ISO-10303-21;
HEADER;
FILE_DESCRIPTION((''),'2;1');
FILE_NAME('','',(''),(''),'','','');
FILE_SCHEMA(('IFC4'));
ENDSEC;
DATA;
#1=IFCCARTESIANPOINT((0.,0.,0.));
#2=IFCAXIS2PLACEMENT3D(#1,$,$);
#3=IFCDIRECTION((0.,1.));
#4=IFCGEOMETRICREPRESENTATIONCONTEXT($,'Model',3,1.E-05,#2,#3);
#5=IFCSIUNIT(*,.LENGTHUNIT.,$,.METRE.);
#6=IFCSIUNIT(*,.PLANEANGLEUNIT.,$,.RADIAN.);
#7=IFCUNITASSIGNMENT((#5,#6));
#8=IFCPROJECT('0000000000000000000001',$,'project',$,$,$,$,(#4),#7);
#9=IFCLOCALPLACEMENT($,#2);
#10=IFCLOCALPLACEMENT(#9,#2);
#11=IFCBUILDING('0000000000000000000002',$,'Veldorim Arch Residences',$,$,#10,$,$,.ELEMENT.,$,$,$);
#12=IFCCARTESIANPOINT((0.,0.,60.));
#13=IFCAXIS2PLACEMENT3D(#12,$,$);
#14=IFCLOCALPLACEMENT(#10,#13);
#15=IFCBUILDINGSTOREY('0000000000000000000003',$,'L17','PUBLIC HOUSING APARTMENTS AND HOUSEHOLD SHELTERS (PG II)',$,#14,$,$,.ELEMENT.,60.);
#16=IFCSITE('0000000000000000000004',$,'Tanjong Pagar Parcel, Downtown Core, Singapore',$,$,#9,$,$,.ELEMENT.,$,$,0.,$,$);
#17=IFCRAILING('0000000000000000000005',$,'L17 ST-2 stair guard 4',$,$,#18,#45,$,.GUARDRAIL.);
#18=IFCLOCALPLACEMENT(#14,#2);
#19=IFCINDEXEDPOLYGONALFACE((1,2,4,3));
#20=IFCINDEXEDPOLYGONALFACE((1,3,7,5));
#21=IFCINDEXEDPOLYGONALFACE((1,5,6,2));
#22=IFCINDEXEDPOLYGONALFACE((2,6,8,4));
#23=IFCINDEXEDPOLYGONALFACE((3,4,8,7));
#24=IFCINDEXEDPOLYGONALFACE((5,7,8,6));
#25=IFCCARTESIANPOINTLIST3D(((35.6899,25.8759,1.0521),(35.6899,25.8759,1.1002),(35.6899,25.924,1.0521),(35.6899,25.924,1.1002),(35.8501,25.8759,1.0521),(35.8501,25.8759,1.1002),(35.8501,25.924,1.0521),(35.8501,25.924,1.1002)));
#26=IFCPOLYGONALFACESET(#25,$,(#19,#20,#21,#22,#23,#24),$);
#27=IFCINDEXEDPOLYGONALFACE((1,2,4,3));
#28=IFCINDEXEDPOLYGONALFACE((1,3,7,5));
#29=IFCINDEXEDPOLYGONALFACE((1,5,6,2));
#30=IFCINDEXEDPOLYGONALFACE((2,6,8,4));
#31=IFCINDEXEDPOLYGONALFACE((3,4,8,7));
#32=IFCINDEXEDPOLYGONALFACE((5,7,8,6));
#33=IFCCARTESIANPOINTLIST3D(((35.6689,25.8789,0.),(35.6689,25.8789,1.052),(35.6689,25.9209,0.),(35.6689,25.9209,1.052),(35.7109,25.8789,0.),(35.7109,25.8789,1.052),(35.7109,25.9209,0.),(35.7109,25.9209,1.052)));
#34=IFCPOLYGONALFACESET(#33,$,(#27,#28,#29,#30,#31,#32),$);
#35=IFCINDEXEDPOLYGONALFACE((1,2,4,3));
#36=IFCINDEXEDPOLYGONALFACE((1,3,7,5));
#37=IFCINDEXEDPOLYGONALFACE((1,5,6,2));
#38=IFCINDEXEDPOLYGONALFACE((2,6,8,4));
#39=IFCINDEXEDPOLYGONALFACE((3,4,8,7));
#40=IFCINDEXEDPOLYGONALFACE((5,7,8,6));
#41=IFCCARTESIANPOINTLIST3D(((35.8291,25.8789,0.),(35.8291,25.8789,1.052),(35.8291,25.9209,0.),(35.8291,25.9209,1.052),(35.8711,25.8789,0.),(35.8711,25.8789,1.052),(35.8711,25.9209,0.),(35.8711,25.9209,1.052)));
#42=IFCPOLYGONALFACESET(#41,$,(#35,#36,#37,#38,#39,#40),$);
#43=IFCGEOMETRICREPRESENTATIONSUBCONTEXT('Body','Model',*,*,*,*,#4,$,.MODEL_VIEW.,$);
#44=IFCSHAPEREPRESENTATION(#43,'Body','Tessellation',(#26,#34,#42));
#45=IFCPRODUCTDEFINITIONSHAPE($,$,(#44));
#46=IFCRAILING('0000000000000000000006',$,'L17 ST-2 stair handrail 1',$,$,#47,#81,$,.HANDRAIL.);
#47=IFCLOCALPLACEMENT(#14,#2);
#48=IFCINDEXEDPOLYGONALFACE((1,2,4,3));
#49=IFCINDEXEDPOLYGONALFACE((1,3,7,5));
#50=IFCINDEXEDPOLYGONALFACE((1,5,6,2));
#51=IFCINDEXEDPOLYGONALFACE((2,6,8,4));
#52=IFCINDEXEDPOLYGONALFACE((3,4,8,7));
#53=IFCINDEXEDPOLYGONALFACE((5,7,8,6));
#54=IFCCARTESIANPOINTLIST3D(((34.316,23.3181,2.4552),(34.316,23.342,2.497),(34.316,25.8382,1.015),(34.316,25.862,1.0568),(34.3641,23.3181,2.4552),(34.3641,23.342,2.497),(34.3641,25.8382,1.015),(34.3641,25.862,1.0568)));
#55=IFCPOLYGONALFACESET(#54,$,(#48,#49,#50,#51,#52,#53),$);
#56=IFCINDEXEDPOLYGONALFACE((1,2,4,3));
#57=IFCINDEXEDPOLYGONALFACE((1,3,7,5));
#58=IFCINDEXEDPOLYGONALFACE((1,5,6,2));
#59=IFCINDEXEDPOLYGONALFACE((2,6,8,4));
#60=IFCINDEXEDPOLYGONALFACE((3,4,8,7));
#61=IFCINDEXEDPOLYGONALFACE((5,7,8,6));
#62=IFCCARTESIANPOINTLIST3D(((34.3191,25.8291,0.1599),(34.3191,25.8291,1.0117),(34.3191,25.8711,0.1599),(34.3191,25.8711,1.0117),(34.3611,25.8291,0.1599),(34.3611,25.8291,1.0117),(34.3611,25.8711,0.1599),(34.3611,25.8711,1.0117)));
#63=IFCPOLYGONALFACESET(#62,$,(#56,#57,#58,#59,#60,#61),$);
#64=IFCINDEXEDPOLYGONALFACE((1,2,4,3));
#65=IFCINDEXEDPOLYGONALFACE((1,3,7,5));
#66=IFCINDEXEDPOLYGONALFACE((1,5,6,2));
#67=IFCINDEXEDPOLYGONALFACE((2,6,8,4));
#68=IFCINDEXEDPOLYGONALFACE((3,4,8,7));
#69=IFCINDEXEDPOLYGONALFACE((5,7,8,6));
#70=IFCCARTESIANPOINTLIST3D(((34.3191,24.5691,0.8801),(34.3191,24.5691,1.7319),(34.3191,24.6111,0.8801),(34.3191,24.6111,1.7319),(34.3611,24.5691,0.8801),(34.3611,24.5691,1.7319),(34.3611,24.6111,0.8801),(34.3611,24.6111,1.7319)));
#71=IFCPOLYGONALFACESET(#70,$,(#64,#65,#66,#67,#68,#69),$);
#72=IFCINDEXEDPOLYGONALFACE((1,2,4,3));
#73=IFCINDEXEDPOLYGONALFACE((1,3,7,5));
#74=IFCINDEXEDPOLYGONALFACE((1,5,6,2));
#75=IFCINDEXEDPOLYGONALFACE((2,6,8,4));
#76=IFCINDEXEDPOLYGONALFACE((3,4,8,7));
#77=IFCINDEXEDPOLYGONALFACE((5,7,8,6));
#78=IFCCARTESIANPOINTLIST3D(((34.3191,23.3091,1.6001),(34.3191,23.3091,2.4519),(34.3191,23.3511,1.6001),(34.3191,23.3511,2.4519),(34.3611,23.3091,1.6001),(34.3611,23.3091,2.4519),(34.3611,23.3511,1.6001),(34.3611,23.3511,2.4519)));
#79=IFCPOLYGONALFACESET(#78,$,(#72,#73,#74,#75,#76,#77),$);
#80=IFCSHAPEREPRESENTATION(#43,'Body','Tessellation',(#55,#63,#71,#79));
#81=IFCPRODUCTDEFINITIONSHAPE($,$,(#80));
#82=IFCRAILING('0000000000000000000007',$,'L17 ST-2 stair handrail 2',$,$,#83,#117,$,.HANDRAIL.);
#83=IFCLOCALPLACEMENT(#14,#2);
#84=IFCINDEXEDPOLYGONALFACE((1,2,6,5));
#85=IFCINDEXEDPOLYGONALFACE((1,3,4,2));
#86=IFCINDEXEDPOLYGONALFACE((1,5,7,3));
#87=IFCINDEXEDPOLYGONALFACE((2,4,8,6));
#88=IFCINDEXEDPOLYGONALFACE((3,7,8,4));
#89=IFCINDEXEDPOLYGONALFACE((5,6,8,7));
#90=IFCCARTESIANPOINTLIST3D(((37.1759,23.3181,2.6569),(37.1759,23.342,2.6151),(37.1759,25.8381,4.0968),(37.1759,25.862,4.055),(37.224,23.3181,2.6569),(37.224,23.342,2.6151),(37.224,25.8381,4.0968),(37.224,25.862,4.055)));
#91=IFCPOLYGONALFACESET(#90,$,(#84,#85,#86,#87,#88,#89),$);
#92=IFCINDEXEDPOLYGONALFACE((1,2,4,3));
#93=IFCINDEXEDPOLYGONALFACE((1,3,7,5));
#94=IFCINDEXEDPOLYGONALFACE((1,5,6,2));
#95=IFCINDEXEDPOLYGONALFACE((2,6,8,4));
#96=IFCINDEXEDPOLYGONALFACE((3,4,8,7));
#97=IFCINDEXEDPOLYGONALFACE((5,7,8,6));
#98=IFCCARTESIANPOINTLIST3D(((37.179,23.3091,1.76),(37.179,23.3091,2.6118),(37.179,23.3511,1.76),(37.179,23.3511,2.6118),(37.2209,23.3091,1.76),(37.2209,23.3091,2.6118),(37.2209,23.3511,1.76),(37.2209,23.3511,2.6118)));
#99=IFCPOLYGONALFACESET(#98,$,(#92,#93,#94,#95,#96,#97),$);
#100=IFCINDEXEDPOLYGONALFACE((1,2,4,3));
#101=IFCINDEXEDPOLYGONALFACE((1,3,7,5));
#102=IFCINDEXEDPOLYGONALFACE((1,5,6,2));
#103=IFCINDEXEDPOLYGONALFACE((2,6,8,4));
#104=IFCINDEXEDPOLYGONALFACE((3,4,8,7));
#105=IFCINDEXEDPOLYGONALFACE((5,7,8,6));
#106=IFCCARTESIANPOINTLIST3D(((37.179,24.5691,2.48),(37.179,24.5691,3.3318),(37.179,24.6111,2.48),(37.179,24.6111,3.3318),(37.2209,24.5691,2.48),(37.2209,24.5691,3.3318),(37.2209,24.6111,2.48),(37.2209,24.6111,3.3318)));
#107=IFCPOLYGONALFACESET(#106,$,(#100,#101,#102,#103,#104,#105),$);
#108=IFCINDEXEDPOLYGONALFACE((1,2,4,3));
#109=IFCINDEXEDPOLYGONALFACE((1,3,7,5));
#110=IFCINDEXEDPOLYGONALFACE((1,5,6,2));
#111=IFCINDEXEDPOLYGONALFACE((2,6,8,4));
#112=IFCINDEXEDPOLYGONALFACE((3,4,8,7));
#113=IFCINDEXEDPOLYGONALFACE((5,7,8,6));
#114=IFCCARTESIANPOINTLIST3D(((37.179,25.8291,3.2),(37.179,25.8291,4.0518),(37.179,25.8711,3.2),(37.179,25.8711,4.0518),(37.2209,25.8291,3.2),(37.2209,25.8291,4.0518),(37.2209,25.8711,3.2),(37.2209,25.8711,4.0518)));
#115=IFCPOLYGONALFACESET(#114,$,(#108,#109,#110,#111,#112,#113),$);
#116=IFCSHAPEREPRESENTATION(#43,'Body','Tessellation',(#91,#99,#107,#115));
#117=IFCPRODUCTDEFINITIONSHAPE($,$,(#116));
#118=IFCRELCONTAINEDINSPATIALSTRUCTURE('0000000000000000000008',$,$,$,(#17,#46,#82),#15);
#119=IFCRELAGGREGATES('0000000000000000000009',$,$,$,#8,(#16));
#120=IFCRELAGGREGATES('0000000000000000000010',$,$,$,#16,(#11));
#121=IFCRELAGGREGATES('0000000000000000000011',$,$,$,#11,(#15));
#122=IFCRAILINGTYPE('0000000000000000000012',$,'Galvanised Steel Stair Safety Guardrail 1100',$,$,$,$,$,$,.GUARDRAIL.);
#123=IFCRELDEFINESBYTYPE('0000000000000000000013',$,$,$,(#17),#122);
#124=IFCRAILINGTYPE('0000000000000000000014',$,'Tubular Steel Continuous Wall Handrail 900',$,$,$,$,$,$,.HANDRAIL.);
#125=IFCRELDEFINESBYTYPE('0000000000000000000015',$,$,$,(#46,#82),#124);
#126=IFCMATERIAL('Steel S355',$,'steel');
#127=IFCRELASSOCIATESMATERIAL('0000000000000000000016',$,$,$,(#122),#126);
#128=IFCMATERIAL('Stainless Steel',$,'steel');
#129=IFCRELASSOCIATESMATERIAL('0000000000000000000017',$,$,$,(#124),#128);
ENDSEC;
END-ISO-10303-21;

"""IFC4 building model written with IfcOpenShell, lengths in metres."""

from ifc_helpers import new_model, si_unit, direction, frame, origin, origin_2d, place, context, subcontext, project, spatial, rectangle, extrude, material, type_object, element, save


model = new_model("IFC4")

# Units and contexts
model_context = context("Model", 3, precision=1e-05, world=origin(), true_north=direction((0.0, 1.0)))
body_context = subcontext(model_context, "Body", "Model", "MODEL_VIEW")
ifc_project = project(units=[si_unit("LENGTHUNIT", "METRE"), si_unit("PLANEANGLEUNIT", "RADIAN")], contexts=[model_context])

# Site, building, storey
site_placement = place(None, origin())
site = spatial("IfcSite", under=ifc_project, at=site_placement, Name="Tanjong Pagar Parcel, Downtown Core, Singapore", CompositionType="ELEMENT", RefElevation=0.0)
building_placement = place(site_placement, origin())
building = spatial("IfcBuilding", under=site, at=building_placement, Name="Veldorim Arch Residences", CompositionType="ELEMENT")
storey_placement = place(building_placement, frame((0.0, 0.0, 60.0)))
storey = spatial("IfcBuildingStorey", under=building, at=storey_placement, Name="L17", Description="PUBLIC HOUSING APARTMENTS AND HOUSEHOLD SHELTERS (PG II)", CompositionType="ELEMENT", Elevation=60.0)

# Railings
ifc_material_1 = material(Name="Steel S355", Category="steel")
railing_type_1 = type_object("IfcRailingType", Name="Galvanised Steel Stair Safety Guardrail 1100", PredefinedType="GUARDRAIL", material=ifc_material_1)
railing_1_placement = place(storey_placement, frame((35.6899, 25.8999, 0.0)))
element("IfcRailing", 1, at=railing_1_placement, inside=storey, type_object=railing_type_1, Name="L17 ST-2 stair guard 4", PredefinedType="GUARDRAIL", context=body_context, shape_type="SweptSolid", body=[
    extrude(rectangle(XDim=0.0481, YDim=0.0481, at=origin_2d()), frame((0.0, 0.0, 1.0762), z_axis=(1.0, 0.0, 0.0), x_axis=(0.0, 1.0, 0.0)), (0.0, 0.0, 1.0), 0.1602),
    extrude(rectangle(XDim=0.042, YDim=0.042, at=origin_2d()), origin(), (0.0, 0.0, 1.0), 1.052),
    extrude(rectangle(XDim=0.042, YDim=0.042, at=origin_2d()), frame((0.1602, 0.0, 0.0)), (0.0, 0.0, 1.0), 1.052),
])
ifc_material_2 = material(Name="Stainless Steel", Category="steel")
railing_type_2 = type_object("IfcRailingType", Name="Tubular Steel Continuous Wall Handrail 900", PredefinedType="HANDRAIL", material=ifc_material_2)
railing_2_placement = place(storey_placement, frame((34.3401, 25.8501, 0.1599)))
element("IfcRailing", 2, at=railing_2_placement, inside=storey, type_object=railing_type_2, Name="L17 ST-2 stair handrail 1", PredefinedType="HANDRAIL", context=body_context, shape_type="SweptSolid", body=[
    extrude(rectangle(XDim=0.0481, YDim=0.0481, at=origin_2d()), frame((0.0, 0.0, 0.876), z_axis=(0.0, -0.868217, 0.496184), x_axis=(1.0, 0.0, 0.0)), (0.0, 0.0, 1.0), 2.9026),
    extrude(rectangle(XDim=0.042, YDim=0.042, at=origin_2d()), origin(), (0.0, 0.0, 1.0), 0.8518),
    extrude(rectangle(XDim=0.042, YDim=0.042, at=origin_2d()), frame((0.0, -1.26, 0.7202)), (0.0, 0.0, 1.0), 0.8518),
    extrude(rectangle(XDim=0.042, YDim=0.042, at=origin_2d()), frame((0.0, -2.52, 1.4402)), (0.0, 0.0, 1.0), 0.8518),
])
railing_3_placement = place(storey_placement, frame((37.2, 23.3301, 1.76)))
element("IfcRailing", 3, at=railing_3_placement, inside=storey, type_object=railing_type_2, Name="L17 ST-2 stair handrail 2", PredefinedType="HANDRAIL", context=body_context, shape_type="SweptSolid", body=[
    extrude(rectangle(XDim=0.0481, YDim=0.0481, at=origin_2d()), frame((0.0, 0.0, 0.876), z_axis=(0.0, 0.868253, 0.496121), x_axis=(-1.0, 0.0, 0.0)), (0.0, 0.0, 1.0), 2.9023),
    extrude(rectangle(XDim=0.042, YDim=0.042, at=origin_2d()), origin(), (0.0, 0.0, 1.0), 0.8518),
    extrude(rectangle(XDim=0.042, YDim=0.042, at=origin_2d()), frame((0.0, 1.26, 0.72)), (0.0, 0.0, 1.0), 0.8518),
    extrude(rectangle(XDim=0.042, YDim=0.042, at=origin_2d()), frame((0.0, 2.52, 1.4399)), (0.0, 0.0, 1.0), 0.8518),
])

save(model, "model.ifc")
